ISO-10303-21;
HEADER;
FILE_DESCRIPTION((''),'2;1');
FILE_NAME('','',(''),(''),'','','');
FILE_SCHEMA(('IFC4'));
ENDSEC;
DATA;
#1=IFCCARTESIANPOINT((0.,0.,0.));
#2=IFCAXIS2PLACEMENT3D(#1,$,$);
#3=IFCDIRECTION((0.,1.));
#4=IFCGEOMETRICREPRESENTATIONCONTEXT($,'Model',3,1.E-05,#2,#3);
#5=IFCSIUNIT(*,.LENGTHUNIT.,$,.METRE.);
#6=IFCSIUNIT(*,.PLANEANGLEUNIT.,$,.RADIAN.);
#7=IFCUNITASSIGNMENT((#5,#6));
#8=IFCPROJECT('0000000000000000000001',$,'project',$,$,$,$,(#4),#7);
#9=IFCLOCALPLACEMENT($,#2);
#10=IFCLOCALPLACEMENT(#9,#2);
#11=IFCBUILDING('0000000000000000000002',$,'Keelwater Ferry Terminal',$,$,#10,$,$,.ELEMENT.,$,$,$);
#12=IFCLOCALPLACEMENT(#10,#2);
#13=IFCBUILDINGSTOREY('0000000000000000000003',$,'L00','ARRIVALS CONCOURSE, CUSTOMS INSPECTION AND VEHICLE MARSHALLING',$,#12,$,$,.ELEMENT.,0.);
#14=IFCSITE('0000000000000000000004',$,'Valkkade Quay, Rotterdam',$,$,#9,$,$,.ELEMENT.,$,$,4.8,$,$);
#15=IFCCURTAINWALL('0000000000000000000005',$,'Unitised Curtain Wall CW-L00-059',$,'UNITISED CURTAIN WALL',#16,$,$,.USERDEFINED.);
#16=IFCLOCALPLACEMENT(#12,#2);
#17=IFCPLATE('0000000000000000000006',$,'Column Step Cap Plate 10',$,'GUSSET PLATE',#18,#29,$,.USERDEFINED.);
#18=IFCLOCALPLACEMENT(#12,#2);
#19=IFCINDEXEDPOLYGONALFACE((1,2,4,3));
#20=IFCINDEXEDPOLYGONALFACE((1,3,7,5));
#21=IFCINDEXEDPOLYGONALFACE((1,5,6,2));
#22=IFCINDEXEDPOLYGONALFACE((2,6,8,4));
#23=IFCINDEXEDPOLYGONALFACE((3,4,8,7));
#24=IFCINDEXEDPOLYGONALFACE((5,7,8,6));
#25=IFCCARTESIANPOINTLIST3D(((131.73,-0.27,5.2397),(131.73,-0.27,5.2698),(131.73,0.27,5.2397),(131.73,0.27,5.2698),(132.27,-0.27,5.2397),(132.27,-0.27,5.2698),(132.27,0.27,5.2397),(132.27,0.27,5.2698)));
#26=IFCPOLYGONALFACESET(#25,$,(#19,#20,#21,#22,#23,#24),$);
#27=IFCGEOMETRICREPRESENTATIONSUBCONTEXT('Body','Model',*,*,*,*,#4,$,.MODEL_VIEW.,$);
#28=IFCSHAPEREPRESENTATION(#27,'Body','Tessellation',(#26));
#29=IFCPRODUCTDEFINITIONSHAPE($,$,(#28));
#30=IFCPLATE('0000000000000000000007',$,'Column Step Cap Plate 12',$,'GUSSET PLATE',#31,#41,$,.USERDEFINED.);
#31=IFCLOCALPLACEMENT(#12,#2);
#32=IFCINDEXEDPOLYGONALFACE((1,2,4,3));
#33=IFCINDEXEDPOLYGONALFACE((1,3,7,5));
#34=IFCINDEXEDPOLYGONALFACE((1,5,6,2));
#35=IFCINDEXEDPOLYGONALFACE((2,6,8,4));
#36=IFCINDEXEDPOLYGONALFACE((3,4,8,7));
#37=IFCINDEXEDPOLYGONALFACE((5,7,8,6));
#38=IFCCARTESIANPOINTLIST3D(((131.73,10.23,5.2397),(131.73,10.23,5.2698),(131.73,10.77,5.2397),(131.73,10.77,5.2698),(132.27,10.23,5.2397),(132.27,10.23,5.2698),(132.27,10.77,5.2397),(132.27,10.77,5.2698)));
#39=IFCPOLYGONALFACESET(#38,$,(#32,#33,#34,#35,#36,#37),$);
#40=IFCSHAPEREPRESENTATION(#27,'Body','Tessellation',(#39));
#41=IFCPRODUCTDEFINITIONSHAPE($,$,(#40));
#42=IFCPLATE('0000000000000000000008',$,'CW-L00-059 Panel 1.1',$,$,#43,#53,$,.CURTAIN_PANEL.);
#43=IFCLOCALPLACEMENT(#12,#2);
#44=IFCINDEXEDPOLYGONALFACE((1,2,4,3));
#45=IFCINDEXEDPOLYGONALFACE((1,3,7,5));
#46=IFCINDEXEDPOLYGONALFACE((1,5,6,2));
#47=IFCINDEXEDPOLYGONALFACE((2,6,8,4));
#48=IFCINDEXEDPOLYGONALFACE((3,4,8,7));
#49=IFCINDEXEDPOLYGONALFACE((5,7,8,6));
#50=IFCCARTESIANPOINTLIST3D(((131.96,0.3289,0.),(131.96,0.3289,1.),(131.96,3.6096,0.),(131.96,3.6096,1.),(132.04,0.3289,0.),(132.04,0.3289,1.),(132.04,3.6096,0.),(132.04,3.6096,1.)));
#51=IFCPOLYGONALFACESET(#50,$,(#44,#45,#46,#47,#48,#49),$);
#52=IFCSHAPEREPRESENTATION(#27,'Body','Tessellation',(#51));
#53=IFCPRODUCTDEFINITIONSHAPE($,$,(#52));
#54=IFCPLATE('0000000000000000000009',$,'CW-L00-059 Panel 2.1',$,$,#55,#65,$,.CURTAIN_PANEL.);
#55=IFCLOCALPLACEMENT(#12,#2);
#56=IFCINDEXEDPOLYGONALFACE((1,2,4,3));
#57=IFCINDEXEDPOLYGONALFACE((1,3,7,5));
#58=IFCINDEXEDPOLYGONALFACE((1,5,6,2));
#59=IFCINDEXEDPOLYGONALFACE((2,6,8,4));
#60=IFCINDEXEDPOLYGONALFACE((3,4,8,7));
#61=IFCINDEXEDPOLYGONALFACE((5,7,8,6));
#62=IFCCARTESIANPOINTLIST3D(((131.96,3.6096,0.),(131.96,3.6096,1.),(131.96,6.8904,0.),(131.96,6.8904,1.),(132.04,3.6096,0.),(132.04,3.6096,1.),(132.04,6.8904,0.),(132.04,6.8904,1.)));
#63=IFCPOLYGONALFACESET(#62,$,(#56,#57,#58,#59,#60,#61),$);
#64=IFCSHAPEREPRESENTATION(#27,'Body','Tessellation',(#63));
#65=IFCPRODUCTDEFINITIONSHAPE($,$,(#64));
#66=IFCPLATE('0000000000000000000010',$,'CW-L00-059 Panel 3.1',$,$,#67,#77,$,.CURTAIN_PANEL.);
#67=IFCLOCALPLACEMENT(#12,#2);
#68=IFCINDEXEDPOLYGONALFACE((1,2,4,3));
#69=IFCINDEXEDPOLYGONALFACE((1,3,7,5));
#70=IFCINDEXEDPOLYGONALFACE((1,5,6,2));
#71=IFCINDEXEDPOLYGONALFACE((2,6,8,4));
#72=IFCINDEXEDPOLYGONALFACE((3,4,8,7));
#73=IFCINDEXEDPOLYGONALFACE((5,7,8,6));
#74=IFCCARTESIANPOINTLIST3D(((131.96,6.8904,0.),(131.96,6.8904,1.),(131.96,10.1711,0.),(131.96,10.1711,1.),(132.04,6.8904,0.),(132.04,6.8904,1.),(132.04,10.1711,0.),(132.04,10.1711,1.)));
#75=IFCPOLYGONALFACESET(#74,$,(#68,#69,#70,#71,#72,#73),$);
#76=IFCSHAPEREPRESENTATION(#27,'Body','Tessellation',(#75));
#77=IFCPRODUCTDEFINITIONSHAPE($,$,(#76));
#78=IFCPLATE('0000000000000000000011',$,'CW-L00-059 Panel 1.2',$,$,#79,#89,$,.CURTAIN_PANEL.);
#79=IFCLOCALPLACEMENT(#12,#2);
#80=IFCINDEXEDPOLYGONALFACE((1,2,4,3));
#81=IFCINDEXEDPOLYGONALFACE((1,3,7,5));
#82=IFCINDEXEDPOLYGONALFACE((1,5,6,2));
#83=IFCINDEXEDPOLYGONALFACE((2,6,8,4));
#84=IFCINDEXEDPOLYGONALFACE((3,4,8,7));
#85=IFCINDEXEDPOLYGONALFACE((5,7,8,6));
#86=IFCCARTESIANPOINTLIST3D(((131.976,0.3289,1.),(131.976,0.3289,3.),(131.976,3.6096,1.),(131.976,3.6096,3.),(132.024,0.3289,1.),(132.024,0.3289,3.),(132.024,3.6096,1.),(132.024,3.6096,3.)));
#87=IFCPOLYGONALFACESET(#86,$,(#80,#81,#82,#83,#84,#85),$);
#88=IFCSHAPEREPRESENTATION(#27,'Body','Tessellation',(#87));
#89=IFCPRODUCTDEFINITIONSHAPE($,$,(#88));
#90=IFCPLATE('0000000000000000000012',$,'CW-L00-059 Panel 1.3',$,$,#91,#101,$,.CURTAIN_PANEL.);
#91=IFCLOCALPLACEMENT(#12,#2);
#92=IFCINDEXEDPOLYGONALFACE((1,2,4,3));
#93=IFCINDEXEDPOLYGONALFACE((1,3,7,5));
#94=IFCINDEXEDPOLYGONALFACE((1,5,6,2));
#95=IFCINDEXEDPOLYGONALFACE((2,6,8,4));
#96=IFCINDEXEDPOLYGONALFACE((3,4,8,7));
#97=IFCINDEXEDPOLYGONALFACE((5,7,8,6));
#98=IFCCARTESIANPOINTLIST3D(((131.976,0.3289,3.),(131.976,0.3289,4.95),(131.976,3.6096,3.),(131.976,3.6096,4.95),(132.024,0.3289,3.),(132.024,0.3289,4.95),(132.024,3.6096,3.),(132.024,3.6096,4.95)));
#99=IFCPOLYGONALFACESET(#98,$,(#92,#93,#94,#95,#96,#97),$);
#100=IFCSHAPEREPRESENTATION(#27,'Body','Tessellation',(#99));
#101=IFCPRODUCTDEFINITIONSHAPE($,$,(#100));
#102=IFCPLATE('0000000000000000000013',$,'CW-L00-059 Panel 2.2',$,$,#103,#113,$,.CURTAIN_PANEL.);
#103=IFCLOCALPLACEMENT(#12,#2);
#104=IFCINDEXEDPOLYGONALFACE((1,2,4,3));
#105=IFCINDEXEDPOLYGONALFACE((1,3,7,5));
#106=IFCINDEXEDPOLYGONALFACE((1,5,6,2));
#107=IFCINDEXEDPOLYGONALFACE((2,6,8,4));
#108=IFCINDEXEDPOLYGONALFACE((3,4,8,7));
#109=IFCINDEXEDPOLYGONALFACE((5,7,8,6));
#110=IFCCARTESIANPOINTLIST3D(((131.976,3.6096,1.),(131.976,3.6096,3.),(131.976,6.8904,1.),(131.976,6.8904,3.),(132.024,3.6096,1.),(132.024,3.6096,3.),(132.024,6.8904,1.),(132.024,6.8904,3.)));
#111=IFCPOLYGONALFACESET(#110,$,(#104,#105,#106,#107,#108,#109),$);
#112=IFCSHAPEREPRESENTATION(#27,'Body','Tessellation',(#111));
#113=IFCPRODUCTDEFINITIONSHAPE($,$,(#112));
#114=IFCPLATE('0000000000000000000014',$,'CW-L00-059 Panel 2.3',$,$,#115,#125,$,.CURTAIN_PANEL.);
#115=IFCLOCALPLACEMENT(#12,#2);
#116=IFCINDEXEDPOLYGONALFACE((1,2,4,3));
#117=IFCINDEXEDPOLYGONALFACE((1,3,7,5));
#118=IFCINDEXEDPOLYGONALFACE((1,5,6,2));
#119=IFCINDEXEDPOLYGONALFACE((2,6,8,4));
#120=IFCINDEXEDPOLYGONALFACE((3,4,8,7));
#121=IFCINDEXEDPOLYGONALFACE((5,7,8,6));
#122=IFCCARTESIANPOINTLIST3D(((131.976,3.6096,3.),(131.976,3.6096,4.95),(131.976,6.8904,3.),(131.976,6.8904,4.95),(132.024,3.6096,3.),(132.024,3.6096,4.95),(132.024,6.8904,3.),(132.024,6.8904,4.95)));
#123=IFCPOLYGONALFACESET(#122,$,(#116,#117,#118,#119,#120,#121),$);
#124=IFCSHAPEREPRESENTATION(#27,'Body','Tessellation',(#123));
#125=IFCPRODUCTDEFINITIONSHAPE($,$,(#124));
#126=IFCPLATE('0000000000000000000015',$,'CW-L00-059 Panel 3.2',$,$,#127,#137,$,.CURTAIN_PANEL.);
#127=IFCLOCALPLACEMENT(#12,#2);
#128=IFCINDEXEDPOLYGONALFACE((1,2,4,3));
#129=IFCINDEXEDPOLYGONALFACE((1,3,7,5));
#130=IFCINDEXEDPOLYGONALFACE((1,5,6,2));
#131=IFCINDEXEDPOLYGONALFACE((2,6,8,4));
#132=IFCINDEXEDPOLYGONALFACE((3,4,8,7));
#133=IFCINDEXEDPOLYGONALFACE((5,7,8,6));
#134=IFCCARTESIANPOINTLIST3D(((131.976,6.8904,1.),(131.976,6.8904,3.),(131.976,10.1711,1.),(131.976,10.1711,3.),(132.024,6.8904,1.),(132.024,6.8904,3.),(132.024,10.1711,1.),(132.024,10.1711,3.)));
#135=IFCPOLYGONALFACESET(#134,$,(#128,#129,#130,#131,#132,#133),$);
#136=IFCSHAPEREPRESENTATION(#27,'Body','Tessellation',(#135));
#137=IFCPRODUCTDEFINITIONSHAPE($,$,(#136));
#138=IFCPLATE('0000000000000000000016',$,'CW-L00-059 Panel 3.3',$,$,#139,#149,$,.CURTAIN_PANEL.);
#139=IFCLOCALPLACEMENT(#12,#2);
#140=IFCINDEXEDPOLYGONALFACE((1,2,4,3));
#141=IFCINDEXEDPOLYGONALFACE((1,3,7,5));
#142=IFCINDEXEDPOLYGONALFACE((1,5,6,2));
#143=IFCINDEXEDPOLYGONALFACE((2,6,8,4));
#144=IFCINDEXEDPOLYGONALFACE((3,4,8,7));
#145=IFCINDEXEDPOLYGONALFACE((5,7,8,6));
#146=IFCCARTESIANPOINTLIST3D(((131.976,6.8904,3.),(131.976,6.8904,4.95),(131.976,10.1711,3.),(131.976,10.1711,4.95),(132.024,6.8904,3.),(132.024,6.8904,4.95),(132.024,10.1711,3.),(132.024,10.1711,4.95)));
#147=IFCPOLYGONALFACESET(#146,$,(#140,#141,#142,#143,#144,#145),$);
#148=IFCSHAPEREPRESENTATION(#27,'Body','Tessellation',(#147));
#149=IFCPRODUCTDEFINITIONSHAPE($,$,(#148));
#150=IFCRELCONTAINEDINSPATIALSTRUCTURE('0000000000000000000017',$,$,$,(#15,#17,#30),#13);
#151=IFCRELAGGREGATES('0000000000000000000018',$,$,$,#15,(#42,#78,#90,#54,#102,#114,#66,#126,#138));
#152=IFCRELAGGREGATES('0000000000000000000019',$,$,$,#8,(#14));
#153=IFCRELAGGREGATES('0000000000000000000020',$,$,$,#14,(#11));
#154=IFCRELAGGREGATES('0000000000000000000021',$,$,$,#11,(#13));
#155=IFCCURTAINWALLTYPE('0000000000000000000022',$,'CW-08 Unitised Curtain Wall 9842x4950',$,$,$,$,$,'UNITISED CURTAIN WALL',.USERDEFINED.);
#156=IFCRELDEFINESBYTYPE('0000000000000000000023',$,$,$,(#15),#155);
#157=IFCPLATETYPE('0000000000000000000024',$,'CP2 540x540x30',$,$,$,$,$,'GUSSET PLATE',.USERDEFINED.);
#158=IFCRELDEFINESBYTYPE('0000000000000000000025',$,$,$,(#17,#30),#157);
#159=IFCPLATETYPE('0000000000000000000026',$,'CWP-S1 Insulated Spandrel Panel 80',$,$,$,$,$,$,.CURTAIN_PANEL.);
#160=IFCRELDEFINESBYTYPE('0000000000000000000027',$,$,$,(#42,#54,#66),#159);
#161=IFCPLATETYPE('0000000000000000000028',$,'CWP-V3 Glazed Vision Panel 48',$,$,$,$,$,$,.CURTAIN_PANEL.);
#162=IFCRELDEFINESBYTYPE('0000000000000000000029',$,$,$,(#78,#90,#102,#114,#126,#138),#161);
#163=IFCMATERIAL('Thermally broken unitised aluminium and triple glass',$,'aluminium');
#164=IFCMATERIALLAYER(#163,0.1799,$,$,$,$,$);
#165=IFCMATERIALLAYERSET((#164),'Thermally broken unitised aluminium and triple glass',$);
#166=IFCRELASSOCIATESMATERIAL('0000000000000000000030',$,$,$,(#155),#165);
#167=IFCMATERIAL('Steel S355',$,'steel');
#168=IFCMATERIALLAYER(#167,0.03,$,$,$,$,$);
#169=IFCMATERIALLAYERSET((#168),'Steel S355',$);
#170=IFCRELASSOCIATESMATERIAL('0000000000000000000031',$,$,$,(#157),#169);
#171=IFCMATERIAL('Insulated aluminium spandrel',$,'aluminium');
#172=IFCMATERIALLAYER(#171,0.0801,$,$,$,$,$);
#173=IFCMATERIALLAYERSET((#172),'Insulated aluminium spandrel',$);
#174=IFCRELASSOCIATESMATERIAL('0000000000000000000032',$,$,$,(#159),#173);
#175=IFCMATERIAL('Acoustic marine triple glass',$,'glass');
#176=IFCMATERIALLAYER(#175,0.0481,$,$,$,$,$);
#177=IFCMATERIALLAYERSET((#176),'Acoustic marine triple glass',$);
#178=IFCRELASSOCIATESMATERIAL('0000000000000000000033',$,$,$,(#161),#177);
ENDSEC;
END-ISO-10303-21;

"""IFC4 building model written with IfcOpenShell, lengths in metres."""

from ifc_helpers import new_model, si_unit, direction, frame, origin, origin_2d, place, context, subcontext, project, spatial, rectangle, extrude, material, layer, layer_set, type_object, element, aggregate, save


model = new_model("IFC4")

# Units and contexts
model_context = context("Model", 3, precision=1e-05, world=origin(), true_north=direction((0.0, 1.0)))
body_context = subcontext(model_context, "Body", "Model", "MODEL_VIEW")
ifc_project = project(units=[si_unit("LENGTHUNIT", "METRE"), si_unit("PLANEANGLEUNIT", "RADIAN")], contexts=[model_context])

# Site, building, storey
site_placement = place(None, origin())
site = spatial("IfcSite", under=ifc_project, at=site_placement, Name="Valkkade Quay, Rotterdam", CompositionType="ELEMENT", RefElevation=4.8)
building_placement = place(site_placement, origin())
building = spatial("IfcBuilding", under=site, at=building_placement, Name="Keelwater Ferry Terminal", CompositionType="ELEMENT")
storey_placement = place(building_placement, origin())
storey = spatial("IfcBuildingStorey", under=building, at=storey_placement, Name="L00", Description="ARRIVALS CONCOURSE, CUSTOMS INSPECTION AND VEHICLE MARSHALLING", CompositionType="ELEMENT", Elevation=0.0)

# Curtain wall
ifc_material_1 = material(Name="Thermally broken unitised aluminium and triple glass", Category="aluminium")
ifc_layer_1 = layer(ifc_material_1, 0.1799)
ifc_layer_set_1 = layer_set([ifc_layer_1], Name="Thermally broken unitised aluminium and triple glass")
curtain_wall_type = type_object("IfcCurtainWallType", Name="CW-08 Unitised Curtain Wall 9842x4950", ElementType="UNITISED CURTAIN WALL", PredefinedType="USERDEFINED", material=ifc_layer_set_1)
curtain_wall_placement = place(storey_placement, origin())
curtain_wall = element("IfcCurtainWall", 1, at=curtain_wall_placement, inside=storey, type_object=curtain_wall_type, Name="Unitised Curtain Wall CW-L00-059", ObjectType="UNITISED CURTAIN WALL", PredefinedType="USERDEFINED")

# Plates
ifc_material_2 = material(Name="Steel S355", Category="steel")
ifc_layer_2 = layer(ifc_material_2, 0.03)
ifc_layer_set_2 = layer_set([ifc_layer_2], Name="Steel S355")
plate_type_1 = type_object("IfcPlateType", Name="CP2 540x540x30", ElementType="GUSSET PLATE", PredefinedType="USERDEFINED", material=ifc_layer_set_2)
for number, where, z_axis, x_axis, name in (
    (2, (132.0, 0.0, 5.2397), (0.0, 0.0, 1.0), (1.0, 0.0, 0.0), "Column Step Cap Plate 10"),
    (3, (132.0, 10.5, 5.2397), (0.0, 0.0, 1.0), (1.0, 0.0, 0.0), "Column Step Cap Plate 12"),
):
    element("IfcPlate", number, at=place(storey_placement, frame(where, z_axis=z_axis, x_axis=x_axis)), inside=storey, type_object=plate_type_1, Name=name, ObjectType="GUSSET PLATE", PredefinedType="USERDEFINED", context=body_context, shape_type="SweptSolid", body=[
        extrude(rectangle(XDim=0.54, YDim=0.54, at=origin_2d()), origin(), (0.0, 0.0, 1.0), 0.03),
    ])

# Plates
ifc_material_3 = material(Name="Insulated aluminium spandrel", Category="aluminium")
ifc_layer_3 = layer(ifc_material_3, 0.0801)
ifc_layer_set_3 = layer_set([ifc_layer_3], Name="Insulated aluminium spandrel")
plate_type_2 = type_object("IfcPlateType", Name="CWP-S1 Insulated Spandrel Panel 80", PredefinedType="CURTAIN_PANEL", material=ifc_layer_set_3)
plate_1_placement = place(storey_placement, frame((132.0, 1.9692, 0.0), z_axis=(0.0, 0.0, 1.0), x_axis=(0.0, 1.0, 0.0)))
plate_1 = element("IfcPlate", 4, at=plate_1_placement, type_object=plate_type_2, Name="CW-L00-059 Panel 1.1", PredefinedType="CURTAIN_PANEL", context=body_context, shape_type="SweptSolid", body=[
    extrude(rectangle(XDim=3.2808, YDim=0.0801, at=origin_2d()), origin(), (0.0, 0.0, 1.0), 1.0),
])
plate_2_placement = place(storey_placement, frame((132.0, 5.25, 0.0), z_axis=(0.0, 0.0, 1.0), x_axis=(0.0, 1.0, 0.0)))
plate_2 = element("IfcPlate", 5, at=plate_2_placement, type_object=plate_type_2, Name="CW-L00-059 Panel 2.1", PredefinedType="CURTAIN_PANEL", context=body_context, shape_type="SweptSolid", body=[
    extrude(rectangle(XDim=3.2808, YDim=0.0801, at=origin_2d()), origin(), (0.0, 0.0, 1.0), 1.0),
])
plate_3_placement = place(storey_placement, frame((132.0, 8.5308, 0.0), z_axis=(0.0, 0.0, 1.0), x_axis=(0.0, 1.0, 0.0)))
plate_3 = element("IfcPlate", 6, at=plate_3_placement, type_object=plate_type_2, Name="CW-L00-059 Panel 3.1", PredefinedType="CURTAIN_PANEL", context=body_context, shape_type="SweptSolid", body=[
    extrude(rectangle(XDim=3.2808, YDim=0.0801, at=origin_2d()), origin(), (0.0, 0.0, 1.0), 1.0),
])
ifc_material_4 = material(Name="Acoustic marine triple glass", Category="glass")
ifc_layer_4 = layer(ifc_material_4, 0.0481)
ifc_layer_set_4 = layer_set([ifc_layer_4], Name="Acoustic marine triple glass")
plate_type_3 = type_object("IfcPlateType", Name="CWP-V3 Glazed Vision Panel 48", PredefinedType="CURTAIN_PANEL", material=ifc_layer_set_4)
plate_4_placement = place(storey_placement, frame((132.0, 1.9692, 1.0), z_axis=(0.0, 0.0, 1.0), x_axis=(0.0, 1.0, 0.0)))
plate_4 = element("IfcPlate", 7, at=plate_4_placement, type_object=plate_type_3, Name="CW-L00-059 Panel 1.2", PredefinedType="CURTAIN_PANEL", context=body_context, shape_type="SweptSolid", body=[
    extrude(rectangle(XDim=3.2808, YDim=0.0481, at=origin_2d()), origin(), (0.0, 0.0, 1.0), 2.0),
])
plate_5_placement = place(storey_placement, frame((132.0, 1.9692, 3.0), z_axis=(0.0, 0.0, 1.0), x_axis=(0.0, 1.0, 0.0)))
plate_5 = element("IfcPlate", 8, at=plate_5_placement, type_object=plate_type_3, Name="CW-L00-059 Panel 1.3", PredefinedType="CURTAIN_PANEL", context=body_context, shape_type="SweptSolid", body=[
    extrude(rectangle(XDim=3.2808, YDim=0.0481, at=origin_2d()), origin(), (0.0, 0.0, 1.0), 1.95),
])
plate_6_placement = place(storey_placement, frame((132.0, 5.25, 1.0), z_axis=(0.0, 0.0, 1.0), x_axis=(0.0, 1.0, 0.0)))
plate_6 = element("IfcPlate", 9, at=plate_6_placement, type_object=plate_type_3, Name="CW-L00-059 Panel 2.2", PredefinedType="CURTAIN_PANEL", context=body_context, shape_type="SweptSolid", body=[
    extrude(rectangle(XDim=3.2808, YDim=0.0481, at=origin_2d()), origin(), (0.0, 0.0, 1.0), 2.0),
])
plate_7_placement = place(storey_placement, frame((132.0, 5.25, 3.0), z_axis=(0.0, 0.0, 1.0), x_axis=(0.0, 1.0, 0.0)))
plate_7 = element("IfcPlate", 10, at=plate_7_placement, type_object=plate_type_3, Name="CW-L00-059 Panel 2.3", PredefinedType="CURTAIN_PANEL", context=body_context, shape_type="SweptSolid", body=[
    extrude(rectangle(XDim=3.2808, YDim=0.0481, at=origin_2d()), origin(), (0.0, 0.0, 1.0), 1.95),
])
plate_8_placement = place(storey_placement, frame((132.0, 8.5308, 1.0), z_axis=(0.0, 0.0, 1.0), x_axis=(0.0, 1.0, 0.0)))
plate_8 = element("IfcPlate", 11, at=plate_8_placement, type_object=plate_type_3, Name="CW-L00-059 Panel 3.2", PredefinedType="CURTAIN_PANEL", context=body_context, shape_type="SweptSolid", body=[
    extrude(rectangle(XDim=3.2808, YDim=0.0481, at=origin_2d()), origin(), (0.0, 0.0, 1.0), 2.0),
])
plate_9_placement = place(storey_placement, frame((132.0, 8.5308, 3.0), z_axis=(0.0, 0.0, 1.0), x_axis=(0.0, 1.0, 0.0)))
plate_9 = element("IfcPlate", 12, at=plate_9_placement, type_object=plate_type_3, Name="CW-L00-059 Panel 3.3", PredefinedType="CURTAIN_PANEL", context=body_context, shape_type="SweptSolid", body=[
    extrude(rectangle(XDim=3.2808, YDim=0.0481, at=origin_2d()), origin(), (0.0, 0.0, 1.0), 1.95),
])
aggregate(curtain_wall, [plate_1, plate_4, plate_5, plate_2, plate_6, plate_7, plate_3, plate_8, plate_9])

save(model, "model.ifc")
